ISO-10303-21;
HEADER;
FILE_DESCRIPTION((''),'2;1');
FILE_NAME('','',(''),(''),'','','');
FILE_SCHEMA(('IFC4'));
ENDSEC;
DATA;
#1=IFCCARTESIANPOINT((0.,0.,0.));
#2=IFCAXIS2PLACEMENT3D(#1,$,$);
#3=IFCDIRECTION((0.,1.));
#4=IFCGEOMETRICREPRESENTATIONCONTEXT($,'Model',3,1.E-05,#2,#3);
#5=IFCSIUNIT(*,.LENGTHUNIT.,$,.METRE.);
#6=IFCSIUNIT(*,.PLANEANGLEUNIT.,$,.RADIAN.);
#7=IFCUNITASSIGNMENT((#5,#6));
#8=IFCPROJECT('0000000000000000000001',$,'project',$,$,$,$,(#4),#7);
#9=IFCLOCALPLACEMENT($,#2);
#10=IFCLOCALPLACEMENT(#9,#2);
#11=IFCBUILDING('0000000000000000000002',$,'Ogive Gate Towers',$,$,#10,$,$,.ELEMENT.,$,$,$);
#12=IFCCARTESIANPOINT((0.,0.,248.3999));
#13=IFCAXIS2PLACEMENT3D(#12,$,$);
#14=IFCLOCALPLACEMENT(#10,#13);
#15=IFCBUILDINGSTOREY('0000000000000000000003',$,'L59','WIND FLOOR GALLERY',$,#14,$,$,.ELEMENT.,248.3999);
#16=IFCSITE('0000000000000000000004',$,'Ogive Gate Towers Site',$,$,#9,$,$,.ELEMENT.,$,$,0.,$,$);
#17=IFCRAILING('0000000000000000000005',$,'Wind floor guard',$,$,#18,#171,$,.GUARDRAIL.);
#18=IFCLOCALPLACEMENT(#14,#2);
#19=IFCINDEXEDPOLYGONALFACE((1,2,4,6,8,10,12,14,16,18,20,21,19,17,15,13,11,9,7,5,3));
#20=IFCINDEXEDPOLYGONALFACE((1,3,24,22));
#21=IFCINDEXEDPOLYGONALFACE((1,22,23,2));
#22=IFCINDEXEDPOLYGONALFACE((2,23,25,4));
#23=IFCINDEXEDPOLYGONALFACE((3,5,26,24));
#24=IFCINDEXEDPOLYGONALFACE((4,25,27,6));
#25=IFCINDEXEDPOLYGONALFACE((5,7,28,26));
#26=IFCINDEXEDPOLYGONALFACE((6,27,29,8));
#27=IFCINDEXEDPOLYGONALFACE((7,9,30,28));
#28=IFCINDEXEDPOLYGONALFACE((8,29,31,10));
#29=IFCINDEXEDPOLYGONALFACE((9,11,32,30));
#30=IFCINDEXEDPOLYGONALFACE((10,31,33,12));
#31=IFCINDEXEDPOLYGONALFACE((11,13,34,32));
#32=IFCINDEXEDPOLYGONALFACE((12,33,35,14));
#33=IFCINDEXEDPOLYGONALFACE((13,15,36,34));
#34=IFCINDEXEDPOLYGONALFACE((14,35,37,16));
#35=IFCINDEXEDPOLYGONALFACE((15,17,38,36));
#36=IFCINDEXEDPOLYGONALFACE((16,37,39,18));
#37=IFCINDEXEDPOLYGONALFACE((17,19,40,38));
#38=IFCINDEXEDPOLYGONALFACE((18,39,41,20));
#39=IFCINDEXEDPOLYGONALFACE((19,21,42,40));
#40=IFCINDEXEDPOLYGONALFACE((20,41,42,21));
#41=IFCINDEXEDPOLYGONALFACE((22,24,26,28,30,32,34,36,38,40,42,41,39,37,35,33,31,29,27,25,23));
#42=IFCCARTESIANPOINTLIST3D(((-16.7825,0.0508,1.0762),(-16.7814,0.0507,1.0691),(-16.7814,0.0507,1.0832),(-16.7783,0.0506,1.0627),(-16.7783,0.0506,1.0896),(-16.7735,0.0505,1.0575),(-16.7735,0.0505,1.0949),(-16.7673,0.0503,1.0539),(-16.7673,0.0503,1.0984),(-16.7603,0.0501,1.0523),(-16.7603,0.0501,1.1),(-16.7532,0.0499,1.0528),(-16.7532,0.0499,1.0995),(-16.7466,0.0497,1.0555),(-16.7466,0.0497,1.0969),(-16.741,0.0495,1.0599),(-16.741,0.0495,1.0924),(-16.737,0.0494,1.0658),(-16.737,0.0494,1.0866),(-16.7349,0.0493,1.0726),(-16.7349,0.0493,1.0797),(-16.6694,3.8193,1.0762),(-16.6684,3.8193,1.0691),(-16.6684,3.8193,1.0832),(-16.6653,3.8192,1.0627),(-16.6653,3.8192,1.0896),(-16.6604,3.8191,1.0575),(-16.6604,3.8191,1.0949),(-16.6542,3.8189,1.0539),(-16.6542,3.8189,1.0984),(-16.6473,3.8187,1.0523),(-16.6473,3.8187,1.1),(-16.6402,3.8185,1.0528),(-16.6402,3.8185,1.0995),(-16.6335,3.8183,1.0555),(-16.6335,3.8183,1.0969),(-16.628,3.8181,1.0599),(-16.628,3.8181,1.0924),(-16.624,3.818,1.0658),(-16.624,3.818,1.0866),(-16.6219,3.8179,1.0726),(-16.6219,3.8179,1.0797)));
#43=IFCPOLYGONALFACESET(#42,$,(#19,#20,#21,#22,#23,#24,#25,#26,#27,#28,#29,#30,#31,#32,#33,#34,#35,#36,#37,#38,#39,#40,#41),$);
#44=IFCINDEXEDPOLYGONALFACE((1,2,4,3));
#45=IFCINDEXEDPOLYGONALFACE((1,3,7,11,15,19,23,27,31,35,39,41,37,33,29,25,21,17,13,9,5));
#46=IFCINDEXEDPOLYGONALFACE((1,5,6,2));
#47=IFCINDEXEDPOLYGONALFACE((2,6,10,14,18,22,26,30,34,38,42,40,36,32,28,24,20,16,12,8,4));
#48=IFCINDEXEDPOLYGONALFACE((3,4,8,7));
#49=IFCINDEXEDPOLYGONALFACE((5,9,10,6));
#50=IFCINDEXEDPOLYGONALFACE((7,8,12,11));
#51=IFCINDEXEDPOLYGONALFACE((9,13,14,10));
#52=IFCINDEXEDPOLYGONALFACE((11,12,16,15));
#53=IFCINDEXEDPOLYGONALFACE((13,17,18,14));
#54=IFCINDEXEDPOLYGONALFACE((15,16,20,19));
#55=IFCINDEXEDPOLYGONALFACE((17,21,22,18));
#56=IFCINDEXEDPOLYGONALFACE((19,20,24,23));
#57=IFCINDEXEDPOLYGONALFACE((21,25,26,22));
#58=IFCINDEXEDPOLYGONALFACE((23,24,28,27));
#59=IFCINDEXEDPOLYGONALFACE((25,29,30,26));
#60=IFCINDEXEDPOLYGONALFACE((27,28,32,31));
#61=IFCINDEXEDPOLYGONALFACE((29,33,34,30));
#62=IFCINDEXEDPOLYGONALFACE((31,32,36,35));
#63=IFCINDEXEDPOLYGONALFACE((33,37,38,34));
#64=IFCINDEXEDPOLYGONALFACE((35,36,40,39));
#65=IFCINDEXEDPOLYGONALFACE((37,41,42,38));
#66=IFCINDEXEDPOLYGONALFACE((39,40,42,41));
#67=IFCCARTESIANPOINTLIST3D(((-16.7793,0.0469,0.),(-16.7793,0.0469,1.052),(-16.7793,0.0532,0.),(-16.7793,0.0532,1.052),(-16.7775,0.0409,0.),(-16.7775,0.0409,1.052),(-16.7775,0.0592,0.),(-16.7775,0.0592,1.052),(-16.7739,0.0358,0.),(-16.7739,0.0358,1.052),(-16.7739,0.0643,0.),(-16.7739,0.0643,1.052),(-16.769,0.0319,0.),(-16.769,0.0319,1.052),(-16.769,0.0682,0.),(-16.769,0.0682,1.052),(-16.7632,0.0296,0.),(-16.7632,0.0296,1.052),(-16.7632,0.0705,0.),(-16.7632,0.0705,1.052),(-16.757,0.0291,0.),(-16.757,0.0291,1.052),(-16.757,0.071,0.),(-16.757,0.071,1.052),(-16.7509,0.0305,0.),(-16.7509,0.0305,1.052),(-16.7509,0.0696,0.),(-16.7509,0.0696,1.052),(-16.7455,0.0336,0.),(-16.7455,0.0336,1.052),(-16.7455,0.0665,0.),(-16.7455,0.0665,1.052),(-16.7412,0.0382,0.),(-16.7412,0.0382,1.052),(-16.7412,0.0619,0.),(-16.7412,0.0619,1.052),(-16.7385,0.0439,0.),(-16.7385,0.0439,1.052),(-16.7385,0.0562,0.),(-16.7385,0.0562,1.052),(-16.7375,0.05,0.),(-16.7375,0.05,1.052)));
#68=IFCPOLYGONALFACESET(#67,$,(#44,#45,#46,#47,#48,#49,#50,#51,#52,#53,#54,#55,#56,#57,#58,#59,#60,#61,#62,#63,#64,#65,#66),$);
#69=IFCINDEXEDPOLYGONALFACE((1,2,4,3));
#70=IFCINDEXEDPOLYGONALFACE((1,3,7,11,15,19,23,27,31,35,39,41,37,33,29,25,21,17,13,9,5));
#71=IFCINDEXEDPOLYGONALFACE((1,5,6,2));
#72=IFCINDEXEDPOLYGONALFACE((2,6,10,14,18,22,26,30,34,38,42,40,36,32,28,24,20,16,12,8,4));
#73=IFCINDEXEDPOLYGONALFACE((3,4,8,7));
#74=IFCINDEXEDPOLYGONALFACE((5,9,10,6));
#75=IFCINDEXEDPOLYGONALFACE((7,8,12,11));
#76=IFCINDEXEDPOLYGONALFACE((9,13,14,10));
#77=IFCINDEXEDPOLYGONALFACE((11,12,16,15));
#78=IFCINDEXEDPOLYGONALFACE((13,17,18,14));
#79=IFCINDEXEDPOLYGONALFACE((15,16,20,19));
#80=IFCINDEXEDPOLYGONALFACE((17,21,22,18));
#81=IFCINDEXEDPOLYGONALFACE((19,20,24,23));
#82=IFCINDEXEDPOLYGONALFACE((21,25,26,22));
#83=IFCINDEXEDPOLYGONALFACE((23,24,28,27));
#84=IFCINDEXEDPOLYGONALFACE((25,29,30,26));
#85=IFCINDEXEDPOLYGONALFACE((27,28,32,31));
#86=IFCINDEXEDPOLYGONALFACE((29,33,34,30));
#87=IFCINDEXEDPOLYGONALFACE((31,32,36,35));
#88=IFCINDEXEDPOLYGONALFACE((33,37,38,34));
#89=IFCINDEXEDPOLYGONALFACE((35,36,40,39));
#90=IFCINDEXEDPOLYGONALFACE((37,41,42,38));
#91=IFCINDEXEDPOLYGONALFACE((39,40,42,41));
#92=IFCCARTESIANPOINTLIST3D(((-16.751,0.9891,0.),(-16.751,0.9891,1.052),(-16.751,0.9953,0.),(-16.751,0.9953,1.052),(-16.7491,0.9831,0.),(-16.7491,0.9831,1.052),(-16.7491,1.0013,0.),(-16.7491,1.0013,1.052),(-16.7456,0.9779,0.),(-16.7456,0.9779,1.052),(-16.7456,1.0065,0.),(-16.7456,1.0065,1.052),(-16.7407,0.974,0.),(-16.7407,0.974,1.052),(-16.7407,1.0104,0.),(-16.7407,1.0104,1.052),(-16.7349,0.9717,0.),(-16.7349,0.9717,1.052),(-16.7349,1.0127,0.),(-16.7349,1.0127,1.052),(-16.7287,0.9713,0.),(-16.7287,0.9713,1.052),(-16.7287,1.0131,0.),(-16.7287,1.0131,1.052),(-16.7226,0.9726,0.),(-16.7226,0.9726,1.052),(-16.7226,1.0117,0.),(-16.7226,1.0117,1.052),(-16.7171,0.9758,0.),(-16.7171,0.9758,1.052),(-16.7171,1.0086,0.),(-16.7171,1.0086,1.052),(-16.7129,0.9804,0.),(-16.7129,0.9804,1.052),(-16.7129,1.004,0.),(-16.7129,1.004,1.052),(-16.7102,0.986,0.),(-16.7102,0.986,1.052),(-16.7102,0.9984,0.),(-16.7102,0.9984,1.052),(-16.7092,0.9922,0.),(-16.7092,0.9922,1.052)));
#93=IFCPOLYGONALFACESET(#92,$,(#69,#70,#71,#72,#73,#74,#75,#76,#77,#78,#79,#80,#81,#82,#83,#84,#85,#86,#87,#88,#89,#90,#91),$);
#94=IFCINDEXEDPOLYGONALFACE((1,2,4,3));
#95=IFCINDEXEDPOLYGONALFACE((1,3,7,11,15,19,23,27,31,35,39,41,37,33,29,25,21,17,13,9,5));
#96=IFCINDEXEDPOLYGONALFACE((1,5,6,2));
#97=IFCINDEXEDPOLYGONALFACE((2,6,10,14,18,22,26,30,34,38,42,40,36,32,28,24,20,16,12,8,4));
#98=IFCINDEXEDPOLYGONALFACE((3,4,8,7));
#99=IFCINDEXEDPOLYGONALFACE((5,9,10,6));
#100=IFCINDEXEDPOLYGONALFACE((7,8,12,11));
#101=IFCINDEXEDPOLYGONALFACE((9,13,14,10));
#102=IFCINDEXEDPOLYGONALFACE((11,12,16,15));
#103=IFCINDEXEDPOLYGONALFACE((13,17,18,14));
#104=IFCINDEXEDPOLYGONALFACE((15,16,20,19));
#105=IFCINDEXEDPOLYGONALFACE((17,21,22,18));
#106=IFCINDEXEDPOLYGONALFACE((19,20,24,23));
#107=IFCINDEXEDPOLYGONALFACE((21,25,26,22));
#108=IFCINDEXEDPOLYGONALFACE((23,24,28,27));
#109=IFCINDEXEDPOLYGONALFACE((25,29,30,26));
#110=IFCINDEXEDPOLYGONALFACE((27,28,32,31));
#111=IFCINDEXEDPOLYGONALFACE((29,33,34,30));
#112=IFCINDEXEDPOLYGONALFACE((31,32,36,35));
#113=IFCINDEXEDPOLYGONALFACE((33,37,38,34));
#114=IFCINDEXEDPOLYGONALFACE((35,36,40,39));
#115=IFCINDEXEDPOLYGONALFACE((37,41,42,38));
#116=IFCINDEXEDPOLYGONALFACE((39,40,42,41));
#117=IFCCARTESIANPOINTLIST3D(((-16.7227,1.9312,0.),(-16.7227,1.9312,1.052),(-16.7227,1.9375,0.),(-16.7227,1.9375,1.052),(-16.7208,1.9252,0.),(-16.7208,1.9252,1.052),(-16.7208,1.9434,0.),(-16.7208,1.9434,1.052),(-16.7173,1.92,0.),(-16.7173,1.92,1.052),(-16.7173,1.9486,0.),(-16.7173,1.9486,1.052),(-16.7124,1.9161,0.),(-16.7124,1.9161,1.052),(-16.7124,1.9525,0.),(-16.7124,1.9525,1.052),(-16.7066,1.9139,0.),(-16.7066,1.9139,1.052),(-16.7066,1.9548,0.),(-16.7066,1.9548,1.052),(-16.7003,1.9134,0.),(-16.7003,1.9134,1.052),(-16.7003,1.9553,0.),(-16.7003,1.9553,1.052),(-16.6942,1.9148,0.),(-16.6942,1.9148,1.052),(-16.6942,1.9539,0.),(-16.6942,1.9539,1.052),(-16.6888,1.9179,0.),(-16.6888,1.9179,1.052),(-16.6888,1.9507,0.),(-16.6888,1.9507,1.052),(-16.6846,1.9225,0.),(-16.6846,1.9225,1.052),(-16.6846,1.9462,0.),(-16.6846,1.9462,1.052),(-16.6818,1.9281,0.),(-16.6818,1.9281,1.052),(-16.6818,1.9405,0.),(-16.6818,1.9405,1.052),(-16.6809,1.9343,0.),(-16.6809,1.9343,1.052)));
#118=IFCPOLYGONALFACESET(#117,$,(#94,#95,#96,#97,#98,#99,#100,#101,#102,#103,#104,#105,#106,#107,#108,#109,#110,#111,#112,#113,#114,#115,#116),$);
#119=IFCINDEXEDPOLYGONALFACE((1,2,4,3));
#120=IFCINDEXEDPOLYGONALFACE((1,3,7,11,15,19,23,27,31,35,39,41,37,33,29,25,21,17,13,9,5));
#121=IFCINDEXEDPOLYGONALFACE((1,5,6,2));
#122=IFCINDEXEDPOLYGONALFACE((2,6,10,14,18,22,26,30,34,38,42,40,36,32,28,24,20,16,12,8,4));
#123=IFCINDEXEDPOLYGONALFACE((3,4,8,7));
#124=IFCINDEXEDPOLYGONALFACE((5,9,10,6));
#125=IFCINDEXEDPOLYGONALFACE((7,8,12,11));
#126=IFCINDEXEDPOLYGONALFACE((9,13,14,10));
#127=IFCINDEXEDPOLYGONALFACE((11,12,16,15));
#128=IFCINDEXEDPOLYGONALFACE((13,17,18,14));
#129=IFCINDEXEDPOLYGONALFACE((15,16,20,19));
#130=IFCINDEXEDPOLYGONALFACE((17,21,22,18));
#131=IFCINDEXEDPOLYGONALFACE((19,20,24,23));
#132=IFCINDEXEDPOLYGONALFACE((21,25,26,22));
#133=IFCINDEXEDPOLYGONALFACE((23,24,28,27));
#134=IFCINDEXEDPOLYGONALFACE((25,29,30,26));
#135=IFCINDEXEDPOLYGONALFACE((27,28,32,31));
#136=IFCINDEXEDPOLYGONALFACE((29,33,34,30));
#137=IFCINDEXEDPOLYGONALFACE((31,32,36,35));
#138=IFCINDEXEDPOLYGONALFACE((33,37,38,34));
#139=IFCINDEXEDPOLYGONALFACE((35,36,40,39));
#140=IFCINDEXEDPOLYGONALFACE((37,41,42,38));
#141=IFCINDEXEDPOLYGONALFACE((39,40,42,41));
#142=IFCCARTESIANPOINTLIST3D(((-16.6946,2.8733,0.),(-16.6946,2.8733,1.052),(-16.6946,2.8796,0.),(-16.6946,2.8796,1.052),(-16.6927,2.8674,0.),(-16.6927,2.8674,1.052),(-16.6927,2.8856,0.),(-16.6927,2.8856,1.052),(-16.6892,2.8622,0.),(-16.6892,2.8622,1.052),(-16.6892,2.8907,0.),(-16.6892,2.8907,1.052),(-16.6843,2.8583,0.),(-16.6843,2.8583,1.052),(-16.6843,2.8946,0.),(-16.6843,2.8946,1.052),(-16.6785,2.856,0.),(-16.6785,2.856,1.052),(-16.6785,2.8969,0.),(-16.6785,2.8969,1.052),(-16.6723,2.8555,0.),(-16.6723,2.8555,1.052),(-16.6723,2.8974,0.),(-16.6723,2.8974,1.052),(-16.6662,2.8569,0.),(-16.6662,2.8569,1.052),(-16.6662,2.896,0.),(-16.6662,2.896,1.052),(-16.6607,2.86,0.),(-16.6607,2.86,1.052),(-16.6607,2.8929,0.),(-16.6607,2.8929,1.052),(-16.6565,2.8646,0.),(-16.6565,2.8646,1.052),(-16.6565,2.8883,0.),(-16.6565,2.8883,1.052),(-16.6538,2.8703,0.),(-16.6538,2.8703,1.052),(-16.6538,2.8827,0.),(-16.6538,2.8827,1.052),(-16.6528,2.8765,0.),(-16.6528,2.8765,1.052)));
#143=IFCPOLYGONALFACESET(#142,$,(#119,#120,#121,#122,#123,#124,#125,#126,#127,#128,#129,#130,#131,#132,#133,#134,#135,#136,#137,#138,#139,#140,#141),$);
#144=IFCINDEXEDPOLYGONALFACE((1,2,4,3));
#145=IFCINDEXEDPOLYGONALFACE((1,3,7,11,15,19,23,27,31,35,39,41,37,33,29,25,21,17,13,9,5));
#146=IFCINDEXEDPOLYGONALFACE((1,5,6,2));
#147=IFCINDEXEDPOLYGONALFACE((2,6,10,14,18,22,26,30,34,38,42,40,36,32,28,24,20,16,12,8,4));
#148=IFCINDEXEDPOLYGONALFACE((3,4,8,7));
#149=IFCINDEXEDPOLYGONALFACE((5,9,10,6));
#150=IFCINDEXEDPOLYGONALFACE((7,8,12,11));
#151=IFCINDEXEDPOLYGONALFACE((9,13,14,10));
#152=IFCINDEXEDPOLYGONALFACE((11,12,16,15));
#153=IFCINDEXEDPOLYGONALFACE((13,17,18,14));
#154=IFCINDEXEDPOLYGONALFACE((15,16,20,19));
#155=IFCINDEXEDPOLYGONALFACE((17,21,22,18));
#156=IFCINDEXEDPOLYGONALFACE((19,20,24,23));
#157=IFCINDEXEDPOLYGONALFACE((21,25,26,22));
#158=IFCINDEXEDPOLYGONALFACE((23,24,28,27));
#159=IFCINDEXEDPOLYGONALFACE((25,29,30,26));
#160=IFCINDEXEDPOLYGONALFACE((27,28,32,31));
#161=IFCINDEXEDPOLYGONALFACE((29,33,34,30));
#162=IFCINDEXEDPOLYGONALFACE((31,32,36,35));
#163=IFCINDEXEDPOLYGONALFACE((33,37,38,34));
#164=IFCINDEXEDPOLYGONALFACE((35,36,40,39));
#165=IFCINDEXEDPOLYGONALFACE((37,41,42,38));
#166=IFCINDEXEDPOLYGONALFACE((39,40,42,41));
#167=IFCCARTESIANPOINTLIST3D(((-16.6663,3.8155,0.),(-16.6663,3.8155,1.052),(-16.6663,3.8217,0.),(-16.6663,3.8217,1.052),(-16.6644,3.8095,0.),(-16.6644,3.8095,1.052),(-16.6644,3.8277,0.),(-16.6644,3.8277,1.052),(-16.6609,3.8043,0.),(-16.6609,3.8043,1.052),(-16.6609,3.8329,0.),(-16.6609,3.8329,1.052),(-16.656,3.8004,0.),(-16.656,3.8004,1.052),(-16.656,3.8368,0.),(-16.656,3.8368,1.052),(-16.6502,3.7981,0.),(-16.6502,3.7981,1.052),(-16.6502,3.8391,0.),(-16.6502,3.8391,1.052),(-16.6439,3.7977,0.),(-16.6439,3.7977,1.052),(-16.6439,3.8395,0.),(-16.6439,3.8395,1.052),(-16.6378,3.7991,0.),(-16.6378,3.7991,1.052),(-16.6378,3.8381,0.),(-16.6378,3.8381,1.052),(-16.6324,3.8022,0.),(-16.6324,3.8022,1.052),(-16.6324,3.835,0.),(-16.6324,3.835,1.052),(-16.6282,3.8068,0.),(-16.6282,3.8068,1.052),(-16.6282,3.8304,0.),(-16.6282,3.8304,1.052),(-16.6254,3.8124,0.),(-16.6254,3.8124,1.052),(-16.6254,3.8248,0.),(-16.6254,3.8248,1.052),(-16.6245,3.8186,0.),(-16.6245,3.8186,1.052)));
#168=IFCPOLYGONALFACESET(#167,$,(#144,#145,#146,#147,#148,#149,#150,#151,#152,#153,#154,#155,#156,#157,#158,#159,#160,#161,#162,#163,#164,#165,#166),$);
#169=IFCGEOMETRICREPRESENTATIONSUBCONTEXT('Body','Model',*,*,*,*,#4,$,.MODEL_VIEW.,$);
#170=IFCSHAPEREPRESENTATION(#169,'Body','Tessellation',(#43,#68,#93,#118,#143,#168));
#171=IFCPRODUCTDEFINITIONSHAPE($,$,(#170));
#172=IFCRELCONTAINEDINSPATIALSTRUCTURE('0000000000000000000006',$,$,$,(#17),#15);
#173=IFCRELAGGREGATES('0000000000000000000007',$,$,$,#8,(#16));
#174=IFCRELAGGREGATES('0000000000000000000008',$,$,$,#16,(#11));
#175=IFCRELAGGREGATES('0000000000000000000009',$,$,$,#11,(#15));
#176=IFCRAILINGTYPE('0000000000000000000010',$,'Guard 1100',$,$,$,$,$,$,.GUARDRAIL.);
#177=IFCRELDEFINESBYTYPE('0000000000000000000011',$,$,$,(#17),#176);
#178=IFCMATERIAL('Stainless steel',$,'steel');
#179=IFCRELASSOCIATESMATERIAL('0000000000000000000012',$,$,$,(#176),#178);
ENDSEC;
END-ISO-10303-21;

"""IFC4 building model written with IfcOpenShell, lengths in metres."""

from ifc_helpers import new_model, si_unit, direction, frame, origin, origin_2d, place, context, subcontext, project, spatial, circle, extrude, material, type_object, element, save


model = new_model("IFC4")

# Units and contexts
model_context = context("Model", 3, precision=1e-05, world=origin(), true_north=direction((0.0, 1.0)))
body_context = subcontext(model_context, "Body", "Model", "MODEL_VIEW")
ifc_project = project(units=[si_unit("LENGTHUNIT", "METRE"), si_unit("PLANEANGLEUNIT", "RADIAN")], contexts=[model_context])

# Site, building, storey
site_placement = place(None, origin())
site = spatial("IfcSite", under=ifc_project, at=site_placement, Name="Ogive Gate Towers Site", CompositionType="ELEMENT", RefElevation=0.0)
building_placement = place(site_placement, origin())
building = spatial("IfcBuilding", under=site, at=building_placement, Name="Ogive Gate Towers", CompositionType="ELEMENT")
storey_placement = place(building_placement, frame((0.0, 0.0, 248.3999)))
storey = spatial("IfcBuildingStorey", under=building, at=storey_placement, Name="L59", Description="WIND FLOOR GALLERY", CompositionType="ELEMENT", Elevation=248.3999)

# Railing
ifc_material_1 = material(Name="Stainless steel", Category="steel")
railing_type = type_object("IfcRailingType", Name="Guard 1100", PredefinedType="GUARDRAIL", material=ifc_material_1)
railing_1_placement = place(storey_placement, frame((-16.7585, 0.05, 0.0)))
element("IfcRailing", 1, at=railing_1_placement, inside=storey, type_object=railing_type, Name="Wind floor guard", PredefinedType="GUARDRAIL", context=body_context, shape_type="SweptSolid", body=[
    extrude(circle(Radius=0.0239, at=origin_2d()), frame((0.0, 0.0, 1.0762), z_axis=(0.029981, 0.99955, 0.0), x_axis=(-0.99955, 0.029981, 0.0)), (0.0, 0.0, 1.0), 3.7703),
    extrude(circle(Radius=0.021, at=origin_2d()), origin(), (0.0, 0.0, 1.0), 1.052),
    extrude(circle(Radius=0.021, at=origin_2d()), frame((0.0283, 0.9421, 0.0)), (0.0, 0.0, 1.0), 1.052),
    extrude(circle(Radius=0.021, at=origin_2d()), frame((0.0566, 1.8843, 0.0)), (0.0, 0.0, 1.0), 1.052),
    extrude(circle(Radius=0.021, at=origin_2d()), frame((0.0847, 2.8264, 0.0)), (0.0, 0.0, 1.0), 1.052),
    extrude(circle(Radius=0.021, at=origin_2d()), frame((0.113, 3.7686, 0.0)), (0.0, 0.0, 1.0), 1.052),
])

save(model, "model.ifc")
